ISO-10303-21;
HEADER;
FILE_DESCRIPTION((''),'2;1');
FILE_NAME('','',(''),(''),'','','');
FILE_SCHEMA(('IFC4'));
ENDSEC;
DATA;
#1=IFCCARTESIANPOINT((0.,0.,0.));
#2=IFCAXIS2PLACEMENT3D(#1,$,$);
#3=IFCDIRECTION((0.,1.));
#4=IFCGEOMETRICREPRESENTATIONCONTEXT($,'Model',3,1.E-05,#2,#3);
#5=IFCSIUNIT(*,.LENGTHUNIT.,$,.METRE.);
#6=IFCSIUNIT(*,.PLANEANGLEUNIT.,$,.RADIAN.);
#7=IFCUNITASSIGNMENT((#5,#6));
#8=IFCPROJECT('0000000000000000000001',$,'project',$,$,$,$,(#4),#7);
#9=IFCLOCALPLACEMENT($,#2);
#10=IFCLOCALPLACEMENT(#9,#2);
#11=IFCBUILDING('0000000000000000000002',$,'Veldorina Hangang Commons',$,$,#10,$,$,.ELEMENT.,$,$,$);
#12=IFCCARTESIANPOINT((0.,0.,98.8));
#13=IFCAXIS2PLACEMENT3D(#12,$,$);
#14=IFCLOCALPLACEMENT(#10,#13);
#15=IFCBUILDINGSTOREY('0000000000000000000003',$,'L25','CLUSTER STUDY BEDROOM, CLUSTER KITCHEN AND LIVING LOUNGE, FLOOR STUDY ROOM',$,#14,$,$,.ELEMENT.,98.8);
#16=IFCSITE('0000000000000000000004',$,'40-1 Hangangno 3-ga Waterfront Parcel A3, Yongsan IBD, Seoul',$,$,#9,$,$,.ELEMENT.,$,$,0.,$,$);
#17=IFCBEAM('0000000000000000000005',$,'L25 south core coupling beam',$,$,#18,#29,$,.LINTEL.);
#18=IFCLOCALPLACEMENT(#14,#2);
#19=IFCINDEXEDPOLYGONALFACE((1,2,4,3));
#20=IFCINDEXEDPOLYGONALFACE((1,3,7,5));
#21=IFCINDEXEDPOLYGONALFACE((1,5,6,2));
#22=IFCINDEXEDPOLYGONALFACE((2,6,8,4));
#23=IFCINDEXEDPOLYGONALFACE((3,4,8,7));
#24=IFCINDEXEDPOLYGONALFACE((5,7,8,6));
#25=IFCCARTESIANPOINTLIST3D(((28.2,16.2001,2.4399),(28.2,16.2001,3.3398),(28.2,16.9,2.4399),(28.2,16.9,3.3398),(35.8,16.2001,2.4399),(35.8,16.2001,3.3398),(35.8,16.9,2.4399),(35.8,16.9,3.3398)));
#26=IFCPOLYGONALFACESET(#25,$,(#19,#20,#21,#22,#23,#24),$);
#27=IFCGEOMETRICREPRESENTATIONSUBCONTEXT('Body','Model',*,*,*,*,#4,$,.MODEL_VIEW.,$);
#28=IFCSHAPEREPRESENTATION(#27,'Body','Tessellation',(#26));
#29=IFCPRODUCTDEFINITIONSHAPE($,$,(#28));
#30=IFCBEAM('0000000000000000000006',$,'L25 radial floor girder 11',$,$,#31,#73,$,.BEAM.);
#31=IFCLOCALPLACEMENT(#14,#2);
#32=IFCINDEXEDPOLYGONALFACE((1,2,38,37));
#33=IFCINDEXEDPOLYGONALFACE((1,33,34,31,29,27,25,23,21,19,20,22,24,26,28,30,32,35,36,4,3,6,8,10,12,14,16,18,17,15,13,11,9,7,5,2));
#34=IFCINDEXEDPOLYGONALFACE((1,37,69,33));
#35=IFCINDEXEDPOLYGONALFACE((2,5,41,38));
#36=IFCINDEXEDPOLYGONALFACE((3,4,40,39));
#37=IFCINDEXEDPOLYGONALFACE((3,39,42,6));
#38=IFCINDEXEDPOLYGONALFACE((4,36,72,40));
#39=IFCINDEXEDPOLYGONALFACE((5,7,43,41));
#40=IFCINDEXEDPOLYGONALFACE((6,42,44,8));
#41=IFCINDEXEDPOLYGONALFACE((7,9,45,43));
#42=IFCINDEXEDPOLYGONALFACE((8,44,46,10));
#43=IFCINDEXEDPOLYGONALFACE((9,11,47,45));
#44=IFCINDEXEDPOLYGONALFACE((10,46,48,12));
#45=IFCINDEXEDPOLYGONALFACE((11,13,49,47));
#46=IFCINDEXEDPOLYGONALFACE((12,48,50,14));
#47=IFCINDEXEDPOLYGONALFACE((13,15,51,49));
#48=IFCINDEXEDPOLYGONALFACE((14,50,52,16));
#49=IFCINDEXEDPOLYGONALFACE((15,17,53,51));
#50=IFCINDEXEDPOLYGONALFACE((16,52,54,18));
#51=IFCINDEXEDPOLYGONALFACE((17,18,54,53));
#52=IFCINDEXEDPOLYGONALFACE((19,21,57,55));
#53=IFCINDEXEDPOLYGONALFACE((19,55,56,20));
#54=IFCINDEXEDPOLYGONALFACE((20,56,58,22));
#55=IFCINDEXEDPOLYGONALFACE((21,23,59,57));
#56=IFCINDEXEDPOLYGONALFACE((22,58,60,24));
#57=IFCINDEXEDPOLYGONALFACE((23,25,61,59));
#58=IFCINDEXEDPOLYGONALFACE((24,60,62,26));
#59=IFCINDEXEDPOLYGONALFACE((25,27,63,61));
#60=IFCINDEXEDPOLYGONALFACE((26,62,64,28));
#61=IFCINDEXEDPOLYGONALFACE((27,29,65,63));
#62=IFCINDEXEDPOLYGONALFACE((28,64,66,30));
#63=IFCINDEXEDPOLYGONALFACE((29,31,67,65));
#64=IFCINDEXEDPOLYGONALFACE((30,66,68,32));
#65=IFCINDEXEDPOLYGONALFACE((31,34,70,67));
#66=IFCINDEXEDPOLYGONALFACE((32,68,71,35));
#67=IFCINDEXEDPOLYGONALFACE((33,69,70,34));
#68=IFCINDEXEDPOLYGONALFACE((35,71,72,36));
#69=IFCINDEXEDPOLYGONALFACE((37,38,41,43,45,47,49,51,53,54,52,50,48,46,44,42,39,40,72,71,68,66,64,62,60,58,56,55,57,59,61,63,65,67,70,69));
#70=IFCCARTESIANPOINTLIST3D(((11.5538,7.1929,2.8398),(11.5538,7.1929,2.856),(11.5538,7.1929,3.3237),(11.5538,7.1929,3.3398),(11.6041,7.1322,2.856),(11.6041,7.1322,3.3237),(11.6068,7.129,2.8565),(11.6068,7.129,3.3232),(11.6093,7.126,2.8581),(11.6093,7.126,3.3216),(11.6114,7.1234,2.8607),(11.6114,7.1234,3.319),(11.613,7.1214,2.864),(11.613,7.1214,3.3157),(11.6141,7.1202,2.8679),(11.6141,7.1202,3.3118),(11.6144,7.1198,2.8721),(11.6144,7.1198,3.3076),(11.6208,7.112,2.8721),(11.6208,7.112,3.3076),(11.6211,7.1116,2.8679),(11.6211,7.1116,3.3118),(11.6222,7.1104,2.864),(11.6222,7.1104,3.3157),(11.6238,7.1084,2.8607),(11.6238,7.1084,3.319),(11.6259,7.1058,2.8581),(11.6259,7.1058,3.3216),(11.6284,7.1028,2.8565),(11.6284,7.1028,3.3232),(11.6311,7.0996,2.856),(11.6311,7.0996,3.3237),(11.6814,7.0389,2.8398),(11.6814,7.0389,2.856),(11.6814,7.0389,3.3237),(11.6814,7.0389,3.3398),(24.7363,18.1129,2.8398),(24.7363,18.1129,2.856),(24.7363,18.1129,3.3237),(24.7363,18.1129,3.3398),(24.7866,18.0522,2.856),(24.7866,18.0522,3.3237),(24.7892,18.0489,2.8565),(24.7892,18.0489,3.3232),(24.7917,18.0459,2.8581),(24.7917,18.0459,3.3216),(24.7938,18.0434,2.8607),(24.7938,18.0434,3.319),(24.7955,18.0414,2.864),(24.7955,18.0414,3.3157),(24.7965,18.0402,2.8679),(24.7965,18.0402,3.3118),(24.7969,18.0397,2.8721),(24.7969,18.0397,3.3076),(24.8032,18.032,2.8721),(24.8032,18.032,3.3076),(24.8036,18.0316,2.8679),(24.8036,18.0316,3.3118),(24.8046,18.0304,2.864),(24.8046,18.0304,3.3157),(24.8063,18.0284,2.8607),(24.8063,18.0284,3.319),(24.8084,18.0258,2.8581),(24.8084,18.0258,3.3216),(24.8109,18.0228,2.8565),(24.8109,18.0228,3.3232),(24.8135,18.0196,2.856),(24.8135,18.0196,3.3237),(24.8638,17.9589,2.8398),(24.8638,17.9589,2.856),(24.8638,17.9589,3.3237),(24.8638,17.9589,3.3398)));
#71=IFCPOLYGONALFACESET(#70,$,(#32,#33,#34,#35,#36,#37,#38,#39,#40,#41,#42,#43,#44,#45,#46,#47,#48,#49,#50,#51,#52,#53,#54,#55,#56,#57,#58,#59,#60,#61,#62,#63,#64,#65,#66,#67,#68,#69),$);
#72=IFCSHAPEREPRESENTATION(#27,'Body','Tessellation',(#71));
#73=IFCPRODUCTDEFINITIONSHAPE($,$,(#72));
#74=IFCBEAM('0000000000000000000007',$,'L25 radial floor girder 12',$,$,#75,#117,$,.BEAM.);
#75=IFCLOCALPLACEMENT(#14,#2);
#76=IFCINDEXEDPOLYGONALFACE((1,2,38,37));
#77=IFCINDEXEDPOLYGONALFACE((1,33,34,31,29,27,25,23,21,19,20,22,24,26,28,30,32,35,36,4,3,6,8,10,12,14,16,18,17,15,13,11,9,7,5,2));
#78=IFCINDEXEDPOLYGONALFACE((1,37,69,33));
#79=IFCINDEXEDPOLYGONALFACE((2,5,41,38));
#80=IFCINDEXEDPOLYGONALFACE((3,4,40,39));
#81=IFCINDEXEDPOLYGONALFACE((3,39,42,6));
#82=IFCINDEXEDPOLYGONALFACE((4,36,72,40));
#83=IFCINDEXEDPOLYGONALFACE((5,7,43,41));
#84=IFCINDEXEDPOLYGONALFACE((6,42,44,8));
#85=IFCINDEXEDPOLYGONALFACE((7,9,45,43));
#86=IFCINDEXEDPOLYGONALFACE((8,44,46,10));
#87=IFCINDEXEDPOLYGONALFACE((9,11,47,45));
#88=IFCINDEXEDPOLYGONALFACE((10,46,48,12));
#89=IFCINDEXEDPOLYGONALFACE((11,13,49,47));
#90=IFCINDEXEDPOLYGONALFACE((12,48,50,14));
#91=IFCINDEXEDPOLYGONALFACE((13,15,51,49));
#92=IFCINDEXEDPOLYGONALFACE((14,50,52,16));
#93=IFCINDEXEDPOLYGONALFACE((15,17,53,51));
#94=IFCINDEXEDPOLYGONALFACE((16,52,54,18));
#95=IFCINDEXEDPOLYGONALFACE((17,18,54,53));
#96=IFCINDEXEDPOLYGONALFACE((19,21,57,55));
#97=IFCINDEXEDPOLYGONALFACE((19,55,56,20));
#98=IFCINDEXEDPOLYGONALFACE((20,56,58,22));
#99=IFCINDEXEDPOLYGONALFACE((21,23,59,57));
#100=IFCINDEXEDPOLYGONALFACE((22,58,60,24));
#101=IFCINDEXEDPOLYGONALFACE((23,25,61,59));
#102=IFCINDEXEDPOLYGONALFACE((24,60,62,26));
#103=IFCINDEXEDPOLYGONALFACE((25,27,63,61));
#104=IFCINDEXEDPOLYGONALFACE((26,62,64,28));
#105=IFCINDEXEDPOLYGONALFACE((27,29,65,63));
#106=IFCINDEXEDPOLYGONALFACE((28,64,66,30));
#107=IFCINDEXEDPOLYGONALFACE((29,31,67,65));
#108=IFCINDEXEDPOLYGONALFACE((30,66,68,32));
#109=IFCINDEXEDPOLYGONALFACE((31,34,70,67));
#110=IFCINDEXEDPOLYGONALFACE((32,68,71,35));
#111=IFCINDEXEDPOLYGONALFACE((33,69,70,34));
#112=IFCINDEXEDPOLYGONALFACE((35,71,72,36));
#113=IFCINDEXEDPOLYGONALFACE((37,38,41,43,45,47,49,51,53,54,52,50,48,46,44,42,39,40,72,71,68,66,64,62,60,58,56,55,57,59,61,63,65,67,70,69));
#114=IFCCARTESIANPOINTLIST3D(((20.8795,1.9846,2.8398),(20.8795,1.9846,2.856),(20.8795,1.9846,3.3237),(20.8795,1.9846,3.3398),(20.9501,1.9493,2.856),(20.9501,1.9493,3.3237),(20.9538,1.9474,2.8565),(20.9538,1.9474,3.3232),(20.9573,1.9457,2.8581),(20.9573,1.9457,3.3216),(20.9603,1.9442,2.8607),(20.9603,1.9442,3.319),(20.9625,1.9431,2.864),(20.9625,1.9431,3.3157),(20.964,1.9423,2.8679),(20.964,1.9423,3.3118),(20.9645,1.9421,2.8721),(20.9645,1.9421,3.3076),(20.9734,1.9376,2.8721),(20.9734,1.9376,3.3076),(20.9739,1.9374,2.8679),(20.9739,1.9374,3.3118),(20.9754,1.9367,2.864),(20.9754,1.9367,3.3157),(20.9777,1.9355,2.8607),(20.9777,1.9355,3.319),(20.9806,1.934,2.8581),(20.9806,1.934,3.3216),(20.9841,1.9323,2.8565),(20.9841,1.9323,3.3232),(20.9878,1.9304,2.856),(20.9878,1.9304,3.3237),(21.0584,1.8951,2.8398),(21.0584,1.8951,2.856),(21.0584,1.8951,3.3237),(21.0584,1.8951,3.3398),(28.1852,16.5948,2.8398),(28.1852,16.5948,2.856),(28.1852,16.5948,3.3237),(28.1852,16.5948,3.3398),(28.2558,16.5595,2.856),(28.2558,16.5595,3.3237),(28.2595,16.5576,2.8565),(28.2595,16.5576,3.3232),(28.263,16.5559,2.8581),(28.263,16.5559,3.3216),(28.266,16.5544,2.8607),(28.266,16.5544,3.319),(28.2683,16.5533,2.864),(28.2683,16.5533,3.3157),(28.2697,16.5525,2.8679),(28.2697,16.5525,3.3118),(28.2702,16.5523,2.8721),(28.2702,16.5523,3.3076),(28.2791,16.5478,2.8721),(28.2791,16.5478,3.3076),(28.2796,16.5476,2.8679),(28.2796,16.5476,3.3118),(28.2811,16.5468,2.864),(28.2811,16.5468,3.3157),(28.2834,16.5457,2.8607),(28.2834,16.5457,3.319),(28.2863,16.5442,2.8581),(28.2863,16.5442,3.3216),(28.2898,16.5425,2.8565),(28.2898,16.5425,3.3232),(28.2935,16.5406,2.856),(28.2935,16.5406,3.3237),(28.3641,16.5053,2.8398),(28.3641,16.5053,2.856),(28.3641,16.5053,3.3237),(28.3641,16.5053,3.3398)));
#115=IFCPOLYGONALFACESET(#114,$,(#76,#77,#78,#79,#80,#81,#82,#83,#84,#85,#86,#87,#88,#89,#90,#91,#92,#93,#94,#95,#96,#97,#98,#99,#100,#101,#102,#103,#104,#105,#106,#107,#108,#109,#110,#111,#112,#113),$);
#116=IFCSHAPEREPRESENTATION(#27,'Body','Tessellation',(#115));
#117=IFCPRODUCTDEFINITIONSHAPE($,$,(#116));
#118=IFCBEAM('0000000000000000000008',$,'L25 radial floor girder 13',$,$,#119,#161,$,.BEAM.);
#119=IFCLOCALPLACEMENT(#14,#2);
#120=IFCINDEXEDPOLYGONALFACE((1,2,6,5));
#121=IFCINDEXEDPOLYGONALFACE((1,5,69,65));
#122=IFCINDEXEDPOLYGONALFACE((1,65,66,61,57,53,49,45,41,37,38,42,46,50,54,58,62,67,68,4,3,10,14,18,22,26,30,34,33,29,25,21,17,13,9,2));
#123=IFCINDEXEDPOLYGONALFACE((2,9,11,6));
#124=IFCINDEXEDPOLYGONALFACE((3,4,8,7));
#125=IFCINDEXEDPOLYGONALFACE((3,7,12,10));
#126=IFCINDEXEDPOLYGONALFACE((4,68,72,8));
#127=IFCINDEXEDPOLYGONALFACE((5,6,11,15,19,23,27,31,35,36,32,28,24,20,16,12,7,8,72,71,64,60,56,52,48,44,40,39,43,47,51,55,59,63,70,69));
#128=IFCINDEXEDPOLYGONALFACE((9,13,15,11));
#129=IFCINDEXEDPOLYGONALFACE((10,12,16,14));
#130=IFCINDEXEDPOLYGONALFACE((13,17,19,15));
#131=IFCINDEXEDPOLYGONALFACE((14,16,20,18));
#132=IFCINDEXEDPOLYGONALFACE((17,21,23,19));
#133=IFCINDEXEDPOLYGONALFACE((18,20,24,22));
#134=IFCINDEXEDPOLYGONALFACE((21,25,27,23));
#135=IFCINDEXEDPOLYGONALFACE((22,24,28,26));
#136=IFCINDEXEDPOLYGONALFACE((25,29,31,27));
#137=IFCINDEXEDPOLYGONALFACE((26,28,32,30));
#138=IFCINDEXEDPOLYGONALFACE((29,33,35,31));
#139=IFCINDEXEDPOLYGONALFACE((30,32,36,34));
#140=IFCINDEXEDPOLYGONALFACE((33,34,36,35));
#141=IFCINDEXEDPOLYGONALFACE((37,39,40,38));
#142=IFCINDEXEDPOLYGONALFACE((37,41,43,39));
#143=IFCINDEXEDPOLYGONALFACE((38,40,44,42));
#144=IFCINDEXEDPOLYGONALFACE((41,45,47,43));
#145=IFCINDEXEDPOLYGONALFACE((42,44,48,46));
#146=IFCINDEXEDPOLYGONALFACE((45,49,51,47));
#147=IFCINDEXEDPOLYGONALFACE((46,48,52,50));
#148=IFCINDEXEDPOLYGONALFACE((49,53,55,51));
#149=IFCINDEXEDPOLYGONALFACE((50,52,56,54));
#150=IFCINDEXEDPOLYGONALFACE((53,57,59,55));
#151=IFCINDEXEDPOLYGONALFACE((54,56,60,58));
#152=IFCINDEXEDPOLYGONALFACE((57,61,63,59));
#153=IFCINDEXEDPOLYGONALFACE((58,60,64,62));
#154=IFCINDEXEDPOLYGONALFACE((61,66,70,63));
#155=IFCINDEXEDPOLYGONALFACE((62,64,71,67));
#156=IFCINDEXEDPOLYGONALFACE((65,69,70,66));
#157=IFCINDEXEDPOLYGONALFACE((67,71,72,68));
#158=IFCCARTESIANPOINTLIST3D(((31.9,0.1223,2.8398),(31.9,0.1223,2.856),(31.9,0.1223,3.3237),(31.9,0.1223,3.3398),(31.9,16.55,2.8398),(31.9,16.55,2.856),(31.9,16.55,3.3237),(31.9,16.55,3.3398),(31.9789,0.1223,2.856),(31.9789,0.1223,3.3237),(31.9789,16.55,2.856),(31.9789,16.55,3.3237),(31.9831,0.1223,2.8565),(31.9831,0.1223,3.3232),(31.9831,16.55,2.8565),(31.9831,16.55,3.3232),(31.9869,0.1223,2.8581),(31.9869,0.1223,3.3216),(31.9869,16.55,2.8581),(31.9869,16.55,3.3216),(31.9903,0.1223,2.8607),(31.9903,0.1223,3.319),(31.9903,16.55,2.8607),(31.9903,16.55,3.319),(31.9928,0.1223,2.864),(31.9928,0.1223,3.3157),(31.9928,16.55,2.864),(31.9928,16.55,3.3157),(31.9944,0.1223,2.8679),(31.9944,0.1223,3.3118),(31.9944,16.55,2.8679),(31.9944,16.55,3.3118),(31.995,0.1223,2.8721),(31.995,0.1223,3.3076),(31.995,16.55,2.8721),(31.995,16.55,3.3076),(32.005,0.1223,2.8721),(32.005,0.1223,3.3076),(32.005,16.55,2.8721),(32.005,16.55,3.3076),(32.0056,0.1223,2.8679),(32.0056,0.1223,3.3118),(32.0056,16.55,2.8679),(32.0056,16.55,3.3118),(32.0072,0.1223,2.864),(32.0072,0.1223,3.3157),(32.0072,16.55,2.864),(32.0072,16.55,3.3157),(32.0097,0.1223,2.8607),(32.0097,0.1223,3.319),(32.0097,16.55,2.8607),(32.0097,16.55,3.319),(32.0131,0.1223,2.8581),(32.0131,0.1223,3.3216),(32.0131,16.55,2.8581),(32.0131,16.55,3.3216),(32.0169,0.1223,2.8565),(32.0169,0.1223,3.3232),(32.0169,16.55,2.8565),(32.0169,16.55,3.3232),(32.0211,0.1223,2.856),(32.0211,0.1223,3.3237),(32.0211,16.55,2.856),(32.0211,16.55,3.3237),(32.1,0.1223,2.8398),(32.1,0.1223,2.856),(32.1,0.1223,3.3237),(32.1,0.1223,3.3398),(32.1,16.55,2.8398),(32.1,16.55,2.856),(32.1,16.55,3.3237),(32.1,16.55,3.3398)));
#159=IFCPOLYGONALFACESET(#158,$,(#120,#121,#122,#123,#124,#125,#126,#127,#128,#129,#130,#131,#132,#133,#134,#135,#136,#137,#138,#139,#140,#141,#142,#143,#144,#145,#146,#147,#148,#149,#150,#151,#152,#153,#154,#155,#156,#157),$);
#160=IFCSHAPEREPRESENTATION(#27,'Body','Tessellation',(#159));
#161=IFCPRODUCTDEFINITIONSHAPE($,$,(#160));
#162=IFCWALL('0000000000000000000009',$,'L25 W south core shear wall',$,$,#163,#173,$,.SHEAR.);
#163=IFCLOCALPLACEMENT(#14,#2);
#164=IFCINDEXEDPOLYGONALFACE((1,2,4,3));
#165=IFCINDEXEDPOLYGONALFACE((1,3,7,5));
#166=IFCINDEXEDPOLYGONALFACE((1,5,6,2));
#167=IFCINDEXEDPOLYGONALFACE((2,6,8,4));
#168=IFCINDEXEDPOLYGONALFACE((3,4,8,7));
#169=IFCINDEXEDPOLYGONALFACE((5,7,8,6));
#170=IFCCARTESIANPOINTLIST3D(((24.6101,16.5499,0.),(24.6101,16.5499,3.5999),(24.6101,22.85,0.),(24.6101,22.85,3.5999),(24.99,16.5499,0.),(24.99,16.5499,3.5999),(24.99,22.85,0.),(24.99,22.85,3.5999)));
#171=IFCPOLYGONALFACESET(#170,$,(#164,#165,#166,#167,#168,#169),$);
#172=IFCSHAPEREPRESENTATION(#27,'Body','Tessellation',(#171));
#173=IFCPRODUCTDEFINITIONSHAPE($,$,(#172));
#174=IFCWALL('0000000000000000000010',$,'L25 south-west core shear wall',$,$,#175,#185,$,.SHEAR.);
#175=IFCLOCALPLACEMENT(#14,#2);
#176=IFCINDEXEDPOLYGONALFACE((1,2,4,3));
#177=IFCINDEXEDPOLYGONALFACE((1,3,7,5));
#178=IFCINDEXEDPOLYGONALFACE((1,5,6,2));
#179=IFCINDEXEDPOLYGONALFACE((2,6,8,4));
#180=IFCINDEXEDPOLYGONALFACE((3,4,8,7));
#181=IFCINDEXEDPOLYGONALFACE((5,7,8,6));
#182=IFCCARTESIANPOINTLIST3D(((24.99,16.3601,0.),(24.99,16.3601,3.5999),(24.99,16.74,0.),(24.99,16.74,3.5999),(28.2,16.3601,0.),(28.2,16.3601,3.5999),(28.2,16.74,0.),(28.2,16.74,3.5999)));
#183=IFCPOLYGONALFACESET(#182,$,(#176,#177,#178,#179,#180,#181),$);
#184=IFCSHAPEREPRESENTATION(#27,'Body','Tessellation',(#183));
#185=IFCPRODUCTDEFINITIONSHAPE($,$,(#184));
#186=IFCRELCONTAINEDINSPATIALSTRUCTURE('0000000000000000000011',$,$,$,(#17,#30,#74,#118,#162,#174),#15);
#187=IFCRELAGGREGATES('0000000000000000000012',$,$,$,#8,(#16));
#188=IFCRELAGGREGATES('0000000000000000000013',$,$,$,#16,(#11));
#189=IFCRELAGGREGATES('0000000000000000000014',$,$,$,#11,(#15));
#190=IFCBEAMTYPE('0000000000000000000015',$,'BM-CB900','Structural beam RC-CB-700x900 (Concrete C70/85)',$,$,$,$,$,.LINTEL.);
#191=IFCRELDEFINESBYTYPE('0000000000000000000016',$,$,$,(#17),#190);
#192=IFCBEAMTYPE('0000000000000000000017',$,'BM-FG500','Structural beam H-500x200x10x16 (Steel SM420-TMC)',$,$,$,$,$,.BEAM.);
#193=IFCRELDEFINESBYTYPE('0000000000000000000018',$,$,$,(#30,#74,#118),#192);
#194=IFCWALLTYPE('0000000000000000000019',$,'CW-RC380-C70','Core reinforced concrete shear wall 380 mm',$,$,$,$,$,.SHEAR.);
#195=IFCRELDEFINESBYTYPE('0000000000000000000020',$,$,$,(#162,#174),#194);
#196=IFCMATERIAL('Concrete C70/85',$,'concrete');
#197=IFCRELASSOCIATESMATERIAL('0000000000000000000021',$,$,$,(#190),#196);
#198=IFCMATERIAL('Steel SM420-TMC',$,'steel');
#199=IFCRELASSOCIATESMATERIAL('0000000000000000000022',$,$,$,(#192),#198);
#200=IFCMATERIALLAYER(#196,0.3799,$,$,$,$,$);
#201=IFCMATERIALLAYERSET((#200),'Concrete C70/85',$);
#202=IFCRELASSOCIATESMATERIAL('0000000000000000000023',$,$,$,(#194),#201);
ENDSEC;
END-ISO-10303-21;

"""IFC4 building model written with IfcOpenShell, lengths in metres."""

from ifc_helpers import new_model, si_unit, direction, frame, frame_2d, origin, origin_2d, place, context, subcontext, project, spatial, rectangle, i_section, extrude, material, layer, layer_set, material_profile, profile_set, type_object, element, save


model = new_model("IFC4")

# Units and contexts
model_context = context("Model", 3, precision=1e-05, world=origin(), true_north=direction((0.0, 1.0)))
body_context = subcontext(model_context, "Body", "Model", "MODEL_VIEW")
ifc_project = project(units=[si_unit("LENGTHUNIT", "METRE"), si_unit("PLANEANGLEUNIT", "RADIAN")], contexts=[model_context])

# Site, building, storey
site_placement = place(None, origin())
site = spatial("IfcSite", under=ifc_project, at=site_placement, Name="40-1 Hangangno 3-ga Waterfront Parcel A3, Yongsan IBD, Seoul", CompositionType="ELEMENT", RefElevation=0.0)
building_placement = place(site_placement, origin())
building = spatial("IfcBuilding", under=site, at=building_placement, Name="Veldorina Hangang Commons", CompositionType="ELEMENT")
storey_placement = place(building_placement, frame((0.0, 0.0, 98.8)))
storey = spatial("IfcBuildingStorey", under=building, at=storey_placement, Name="L25", Description="CLUSTER STUDY BEDROOM, CLUSTER KITCHEN AND LIVING LOUNGE, FLOOR STUDY ROOM", CompositionType="ELEMENT", Elevation=98.8)

# Beams
ifc_material_1 = material(Name="Concrete C70/85", Category="concrete")
ifc_material_profile_1 = material_profile(ifc_material_1, rectangle(XDim=0.7, YDim=0.8999, at=origin_2d()), Name="RC-CB-700x900")
ifc_profile_set_1 = profile_set([ifc_material_profile_1], Name="Concrete C70/85")
beam_type_1 = type_object("IfcBeamType", Name="BM-CB900", Description="Structural beam RC-CB-700x900 (Concrete C70/85)", PredefinedType="LINTEL", material=ifc_profile_set_1)
beam_1_placement = place(storey_placement, frame((28.2, 16.55, 2.8899), z_axis=(1.0, 0.0, 0.0), x_axis=(0.0, 1.0, 0.0)))
element("IfcBeam", 1, at=beam_1_placement, inside=storey, type_object=beam_type_1, Name="L25 south core coupling beam", PredefinedType="LINTEL", context=body_context, shape_type="SweptSolid", body=[
    extrude(rectangle(XDim=0.7, YDim=0.8999, at=origin_2d()), origin(), (0.0, 0.0, 1.0), 7.6001),
])
ifc_material_2 = material(Name="Steel SM420-TMC", Category="steel")
ifc_material_profile_2 = material_profile(ifc_material_2, i_section(OverallWidth=0.2, OverallDepth=0.5, WebThickness=0.01, FlangeThickness=0.0161, FilletRadius=0.0161, at=origin_2d()), Name="H-500x200x10x16")
ifc_profile_set_2 = profile_set([ifc_material_profile_2], Name="Steel SM420-TMC")
beam_type_2 = type_object("IfcBeamType", Name="BM-FG500", Description="Structural beam H-500x200x10x16 (Steel SM420-TMC)", PredefinedType="BEAM", material=ifc_profile_set_2)
beam_2_placement = place(storey_placement, frame((24.8, 18.0359, 3.0898), z_axis=(-0.770097, -0.637927, 0.0), x_axis=(0.637927, -0.770097, 0.0)))
element("IfcBeam", 2, at=beam_2_placement, inside=storey, type_object=beam_type_2, Name="L25 radial floor girder 11", PredefinedType="BEAM", context=body_context, shape_type="SweptSolid", body=[
    extrude(i_section(OverallWidth=0.2, OverallDepth=0.5, WebThickness=0.01, FlangeThickness=0.0161, FilletRadius=0.0161, at=origin_2d()), origin(), (0.0, 0.0, 1.0), 17.1179),
])
beam_3_placement = place(storey_placement, frame((28.2747, 16.55, 3.0898), z_axis=(-0.447243, -0.894412, 0.0), x_axis=(0.894412, -0.447243, 0.0)))
element("IfcBeam", 3, at=beam_3_placement, inside=storey, type_object=beam_type_2, Name="L25 radial floor girder 12", PredefinedType="BEAM", context=body_context, shape_type="SweptSolid", body=[
    extrude(i_section(OverallWidth=0.2, OverallDepth=0.5, WebThickness=0.01, FlangeThickness=0.0161, FilletRadius=0.0161, at=origin_2d()), origin(), (0.0, 0.0, 1.0), 16.335),
])
beam_4_placement = place(storey_placement, frame((32.0, 16.55, 3.0898), z_axis=(0.0, -1.0, 0.0), x_axis=(1.0, 0.0, 0.0)))
element("IfcBeam", 4, at=beam_4_placement, inside=storey, type_object=beam_type_2, Name="L25 radial floor girder 13", PredefinedType="BEAM", context=body_context, shape_type="SweptSolid", body=[
    extrude(i_section(OverallWidth=0.2, OverallDepth=0.5, WebThickness=0.01, FlangeThickness=0.0161, FilletRadius=0.0161, at=origin_2d()), origin(), (0.0, 0.0, 1.0), 16.4277),
])

# Walls
ifc_layer_1 = layer(ifc_material_1, 0.3799)
ifc_layer_set_1 = layer_set([ifc_layer_1], Name="Concrete C70/85")
wall_type_1 = type_object("IfcWallType", Name="CW-RC380-C70", Description="Core reinforced concrete shear wall 380 mm", PredefinedType="SHEAR", material=ifc_layer_set_1)
wall_1_placement = place(storey_placement, frame((24.8, 16.55, 0.0), z_axis=(0.0, 0.0, 1.0), x_axis=(0.0, 1.0, 0.0)))
element("IfcWall", 5, at=wall_1_placement, inside=storey, type_object=wall_type_1, Name="L25 W south core shear wall", PredefinedType="SHEAR", context=body_context, shape_type="SweptSolid", body=[
    extrude(rectangle(XDim=6.3, YDim=0.3799, at=frame_2d((3.1499, 0.0))), origin(), (0.0, 0.0, 1.0), 3.5999),
])
wall_2_placement = place(storey_placement, frame((24.99, 16.55, 0.0), z_axis=(0.0, 0.0, 1.0), x_axis=(1.0, 0.0, 0.0)))
element("IfcWall", 6, at=wall_2_placement, inside=storey, type_object=wall_type_1, Name="L25 south-west core shear wall", PredefinedType="SHEAR", context=body_context, shape_type="SweptSolid", body=[
    extrude(rectangle(XDim=3.21, YDim=0.3799, at=frame_2d((1.605, 0.0))), origin(), (0.0, 0.0, 1.0), 3.5999),
])

save(model, "model.ifc")
